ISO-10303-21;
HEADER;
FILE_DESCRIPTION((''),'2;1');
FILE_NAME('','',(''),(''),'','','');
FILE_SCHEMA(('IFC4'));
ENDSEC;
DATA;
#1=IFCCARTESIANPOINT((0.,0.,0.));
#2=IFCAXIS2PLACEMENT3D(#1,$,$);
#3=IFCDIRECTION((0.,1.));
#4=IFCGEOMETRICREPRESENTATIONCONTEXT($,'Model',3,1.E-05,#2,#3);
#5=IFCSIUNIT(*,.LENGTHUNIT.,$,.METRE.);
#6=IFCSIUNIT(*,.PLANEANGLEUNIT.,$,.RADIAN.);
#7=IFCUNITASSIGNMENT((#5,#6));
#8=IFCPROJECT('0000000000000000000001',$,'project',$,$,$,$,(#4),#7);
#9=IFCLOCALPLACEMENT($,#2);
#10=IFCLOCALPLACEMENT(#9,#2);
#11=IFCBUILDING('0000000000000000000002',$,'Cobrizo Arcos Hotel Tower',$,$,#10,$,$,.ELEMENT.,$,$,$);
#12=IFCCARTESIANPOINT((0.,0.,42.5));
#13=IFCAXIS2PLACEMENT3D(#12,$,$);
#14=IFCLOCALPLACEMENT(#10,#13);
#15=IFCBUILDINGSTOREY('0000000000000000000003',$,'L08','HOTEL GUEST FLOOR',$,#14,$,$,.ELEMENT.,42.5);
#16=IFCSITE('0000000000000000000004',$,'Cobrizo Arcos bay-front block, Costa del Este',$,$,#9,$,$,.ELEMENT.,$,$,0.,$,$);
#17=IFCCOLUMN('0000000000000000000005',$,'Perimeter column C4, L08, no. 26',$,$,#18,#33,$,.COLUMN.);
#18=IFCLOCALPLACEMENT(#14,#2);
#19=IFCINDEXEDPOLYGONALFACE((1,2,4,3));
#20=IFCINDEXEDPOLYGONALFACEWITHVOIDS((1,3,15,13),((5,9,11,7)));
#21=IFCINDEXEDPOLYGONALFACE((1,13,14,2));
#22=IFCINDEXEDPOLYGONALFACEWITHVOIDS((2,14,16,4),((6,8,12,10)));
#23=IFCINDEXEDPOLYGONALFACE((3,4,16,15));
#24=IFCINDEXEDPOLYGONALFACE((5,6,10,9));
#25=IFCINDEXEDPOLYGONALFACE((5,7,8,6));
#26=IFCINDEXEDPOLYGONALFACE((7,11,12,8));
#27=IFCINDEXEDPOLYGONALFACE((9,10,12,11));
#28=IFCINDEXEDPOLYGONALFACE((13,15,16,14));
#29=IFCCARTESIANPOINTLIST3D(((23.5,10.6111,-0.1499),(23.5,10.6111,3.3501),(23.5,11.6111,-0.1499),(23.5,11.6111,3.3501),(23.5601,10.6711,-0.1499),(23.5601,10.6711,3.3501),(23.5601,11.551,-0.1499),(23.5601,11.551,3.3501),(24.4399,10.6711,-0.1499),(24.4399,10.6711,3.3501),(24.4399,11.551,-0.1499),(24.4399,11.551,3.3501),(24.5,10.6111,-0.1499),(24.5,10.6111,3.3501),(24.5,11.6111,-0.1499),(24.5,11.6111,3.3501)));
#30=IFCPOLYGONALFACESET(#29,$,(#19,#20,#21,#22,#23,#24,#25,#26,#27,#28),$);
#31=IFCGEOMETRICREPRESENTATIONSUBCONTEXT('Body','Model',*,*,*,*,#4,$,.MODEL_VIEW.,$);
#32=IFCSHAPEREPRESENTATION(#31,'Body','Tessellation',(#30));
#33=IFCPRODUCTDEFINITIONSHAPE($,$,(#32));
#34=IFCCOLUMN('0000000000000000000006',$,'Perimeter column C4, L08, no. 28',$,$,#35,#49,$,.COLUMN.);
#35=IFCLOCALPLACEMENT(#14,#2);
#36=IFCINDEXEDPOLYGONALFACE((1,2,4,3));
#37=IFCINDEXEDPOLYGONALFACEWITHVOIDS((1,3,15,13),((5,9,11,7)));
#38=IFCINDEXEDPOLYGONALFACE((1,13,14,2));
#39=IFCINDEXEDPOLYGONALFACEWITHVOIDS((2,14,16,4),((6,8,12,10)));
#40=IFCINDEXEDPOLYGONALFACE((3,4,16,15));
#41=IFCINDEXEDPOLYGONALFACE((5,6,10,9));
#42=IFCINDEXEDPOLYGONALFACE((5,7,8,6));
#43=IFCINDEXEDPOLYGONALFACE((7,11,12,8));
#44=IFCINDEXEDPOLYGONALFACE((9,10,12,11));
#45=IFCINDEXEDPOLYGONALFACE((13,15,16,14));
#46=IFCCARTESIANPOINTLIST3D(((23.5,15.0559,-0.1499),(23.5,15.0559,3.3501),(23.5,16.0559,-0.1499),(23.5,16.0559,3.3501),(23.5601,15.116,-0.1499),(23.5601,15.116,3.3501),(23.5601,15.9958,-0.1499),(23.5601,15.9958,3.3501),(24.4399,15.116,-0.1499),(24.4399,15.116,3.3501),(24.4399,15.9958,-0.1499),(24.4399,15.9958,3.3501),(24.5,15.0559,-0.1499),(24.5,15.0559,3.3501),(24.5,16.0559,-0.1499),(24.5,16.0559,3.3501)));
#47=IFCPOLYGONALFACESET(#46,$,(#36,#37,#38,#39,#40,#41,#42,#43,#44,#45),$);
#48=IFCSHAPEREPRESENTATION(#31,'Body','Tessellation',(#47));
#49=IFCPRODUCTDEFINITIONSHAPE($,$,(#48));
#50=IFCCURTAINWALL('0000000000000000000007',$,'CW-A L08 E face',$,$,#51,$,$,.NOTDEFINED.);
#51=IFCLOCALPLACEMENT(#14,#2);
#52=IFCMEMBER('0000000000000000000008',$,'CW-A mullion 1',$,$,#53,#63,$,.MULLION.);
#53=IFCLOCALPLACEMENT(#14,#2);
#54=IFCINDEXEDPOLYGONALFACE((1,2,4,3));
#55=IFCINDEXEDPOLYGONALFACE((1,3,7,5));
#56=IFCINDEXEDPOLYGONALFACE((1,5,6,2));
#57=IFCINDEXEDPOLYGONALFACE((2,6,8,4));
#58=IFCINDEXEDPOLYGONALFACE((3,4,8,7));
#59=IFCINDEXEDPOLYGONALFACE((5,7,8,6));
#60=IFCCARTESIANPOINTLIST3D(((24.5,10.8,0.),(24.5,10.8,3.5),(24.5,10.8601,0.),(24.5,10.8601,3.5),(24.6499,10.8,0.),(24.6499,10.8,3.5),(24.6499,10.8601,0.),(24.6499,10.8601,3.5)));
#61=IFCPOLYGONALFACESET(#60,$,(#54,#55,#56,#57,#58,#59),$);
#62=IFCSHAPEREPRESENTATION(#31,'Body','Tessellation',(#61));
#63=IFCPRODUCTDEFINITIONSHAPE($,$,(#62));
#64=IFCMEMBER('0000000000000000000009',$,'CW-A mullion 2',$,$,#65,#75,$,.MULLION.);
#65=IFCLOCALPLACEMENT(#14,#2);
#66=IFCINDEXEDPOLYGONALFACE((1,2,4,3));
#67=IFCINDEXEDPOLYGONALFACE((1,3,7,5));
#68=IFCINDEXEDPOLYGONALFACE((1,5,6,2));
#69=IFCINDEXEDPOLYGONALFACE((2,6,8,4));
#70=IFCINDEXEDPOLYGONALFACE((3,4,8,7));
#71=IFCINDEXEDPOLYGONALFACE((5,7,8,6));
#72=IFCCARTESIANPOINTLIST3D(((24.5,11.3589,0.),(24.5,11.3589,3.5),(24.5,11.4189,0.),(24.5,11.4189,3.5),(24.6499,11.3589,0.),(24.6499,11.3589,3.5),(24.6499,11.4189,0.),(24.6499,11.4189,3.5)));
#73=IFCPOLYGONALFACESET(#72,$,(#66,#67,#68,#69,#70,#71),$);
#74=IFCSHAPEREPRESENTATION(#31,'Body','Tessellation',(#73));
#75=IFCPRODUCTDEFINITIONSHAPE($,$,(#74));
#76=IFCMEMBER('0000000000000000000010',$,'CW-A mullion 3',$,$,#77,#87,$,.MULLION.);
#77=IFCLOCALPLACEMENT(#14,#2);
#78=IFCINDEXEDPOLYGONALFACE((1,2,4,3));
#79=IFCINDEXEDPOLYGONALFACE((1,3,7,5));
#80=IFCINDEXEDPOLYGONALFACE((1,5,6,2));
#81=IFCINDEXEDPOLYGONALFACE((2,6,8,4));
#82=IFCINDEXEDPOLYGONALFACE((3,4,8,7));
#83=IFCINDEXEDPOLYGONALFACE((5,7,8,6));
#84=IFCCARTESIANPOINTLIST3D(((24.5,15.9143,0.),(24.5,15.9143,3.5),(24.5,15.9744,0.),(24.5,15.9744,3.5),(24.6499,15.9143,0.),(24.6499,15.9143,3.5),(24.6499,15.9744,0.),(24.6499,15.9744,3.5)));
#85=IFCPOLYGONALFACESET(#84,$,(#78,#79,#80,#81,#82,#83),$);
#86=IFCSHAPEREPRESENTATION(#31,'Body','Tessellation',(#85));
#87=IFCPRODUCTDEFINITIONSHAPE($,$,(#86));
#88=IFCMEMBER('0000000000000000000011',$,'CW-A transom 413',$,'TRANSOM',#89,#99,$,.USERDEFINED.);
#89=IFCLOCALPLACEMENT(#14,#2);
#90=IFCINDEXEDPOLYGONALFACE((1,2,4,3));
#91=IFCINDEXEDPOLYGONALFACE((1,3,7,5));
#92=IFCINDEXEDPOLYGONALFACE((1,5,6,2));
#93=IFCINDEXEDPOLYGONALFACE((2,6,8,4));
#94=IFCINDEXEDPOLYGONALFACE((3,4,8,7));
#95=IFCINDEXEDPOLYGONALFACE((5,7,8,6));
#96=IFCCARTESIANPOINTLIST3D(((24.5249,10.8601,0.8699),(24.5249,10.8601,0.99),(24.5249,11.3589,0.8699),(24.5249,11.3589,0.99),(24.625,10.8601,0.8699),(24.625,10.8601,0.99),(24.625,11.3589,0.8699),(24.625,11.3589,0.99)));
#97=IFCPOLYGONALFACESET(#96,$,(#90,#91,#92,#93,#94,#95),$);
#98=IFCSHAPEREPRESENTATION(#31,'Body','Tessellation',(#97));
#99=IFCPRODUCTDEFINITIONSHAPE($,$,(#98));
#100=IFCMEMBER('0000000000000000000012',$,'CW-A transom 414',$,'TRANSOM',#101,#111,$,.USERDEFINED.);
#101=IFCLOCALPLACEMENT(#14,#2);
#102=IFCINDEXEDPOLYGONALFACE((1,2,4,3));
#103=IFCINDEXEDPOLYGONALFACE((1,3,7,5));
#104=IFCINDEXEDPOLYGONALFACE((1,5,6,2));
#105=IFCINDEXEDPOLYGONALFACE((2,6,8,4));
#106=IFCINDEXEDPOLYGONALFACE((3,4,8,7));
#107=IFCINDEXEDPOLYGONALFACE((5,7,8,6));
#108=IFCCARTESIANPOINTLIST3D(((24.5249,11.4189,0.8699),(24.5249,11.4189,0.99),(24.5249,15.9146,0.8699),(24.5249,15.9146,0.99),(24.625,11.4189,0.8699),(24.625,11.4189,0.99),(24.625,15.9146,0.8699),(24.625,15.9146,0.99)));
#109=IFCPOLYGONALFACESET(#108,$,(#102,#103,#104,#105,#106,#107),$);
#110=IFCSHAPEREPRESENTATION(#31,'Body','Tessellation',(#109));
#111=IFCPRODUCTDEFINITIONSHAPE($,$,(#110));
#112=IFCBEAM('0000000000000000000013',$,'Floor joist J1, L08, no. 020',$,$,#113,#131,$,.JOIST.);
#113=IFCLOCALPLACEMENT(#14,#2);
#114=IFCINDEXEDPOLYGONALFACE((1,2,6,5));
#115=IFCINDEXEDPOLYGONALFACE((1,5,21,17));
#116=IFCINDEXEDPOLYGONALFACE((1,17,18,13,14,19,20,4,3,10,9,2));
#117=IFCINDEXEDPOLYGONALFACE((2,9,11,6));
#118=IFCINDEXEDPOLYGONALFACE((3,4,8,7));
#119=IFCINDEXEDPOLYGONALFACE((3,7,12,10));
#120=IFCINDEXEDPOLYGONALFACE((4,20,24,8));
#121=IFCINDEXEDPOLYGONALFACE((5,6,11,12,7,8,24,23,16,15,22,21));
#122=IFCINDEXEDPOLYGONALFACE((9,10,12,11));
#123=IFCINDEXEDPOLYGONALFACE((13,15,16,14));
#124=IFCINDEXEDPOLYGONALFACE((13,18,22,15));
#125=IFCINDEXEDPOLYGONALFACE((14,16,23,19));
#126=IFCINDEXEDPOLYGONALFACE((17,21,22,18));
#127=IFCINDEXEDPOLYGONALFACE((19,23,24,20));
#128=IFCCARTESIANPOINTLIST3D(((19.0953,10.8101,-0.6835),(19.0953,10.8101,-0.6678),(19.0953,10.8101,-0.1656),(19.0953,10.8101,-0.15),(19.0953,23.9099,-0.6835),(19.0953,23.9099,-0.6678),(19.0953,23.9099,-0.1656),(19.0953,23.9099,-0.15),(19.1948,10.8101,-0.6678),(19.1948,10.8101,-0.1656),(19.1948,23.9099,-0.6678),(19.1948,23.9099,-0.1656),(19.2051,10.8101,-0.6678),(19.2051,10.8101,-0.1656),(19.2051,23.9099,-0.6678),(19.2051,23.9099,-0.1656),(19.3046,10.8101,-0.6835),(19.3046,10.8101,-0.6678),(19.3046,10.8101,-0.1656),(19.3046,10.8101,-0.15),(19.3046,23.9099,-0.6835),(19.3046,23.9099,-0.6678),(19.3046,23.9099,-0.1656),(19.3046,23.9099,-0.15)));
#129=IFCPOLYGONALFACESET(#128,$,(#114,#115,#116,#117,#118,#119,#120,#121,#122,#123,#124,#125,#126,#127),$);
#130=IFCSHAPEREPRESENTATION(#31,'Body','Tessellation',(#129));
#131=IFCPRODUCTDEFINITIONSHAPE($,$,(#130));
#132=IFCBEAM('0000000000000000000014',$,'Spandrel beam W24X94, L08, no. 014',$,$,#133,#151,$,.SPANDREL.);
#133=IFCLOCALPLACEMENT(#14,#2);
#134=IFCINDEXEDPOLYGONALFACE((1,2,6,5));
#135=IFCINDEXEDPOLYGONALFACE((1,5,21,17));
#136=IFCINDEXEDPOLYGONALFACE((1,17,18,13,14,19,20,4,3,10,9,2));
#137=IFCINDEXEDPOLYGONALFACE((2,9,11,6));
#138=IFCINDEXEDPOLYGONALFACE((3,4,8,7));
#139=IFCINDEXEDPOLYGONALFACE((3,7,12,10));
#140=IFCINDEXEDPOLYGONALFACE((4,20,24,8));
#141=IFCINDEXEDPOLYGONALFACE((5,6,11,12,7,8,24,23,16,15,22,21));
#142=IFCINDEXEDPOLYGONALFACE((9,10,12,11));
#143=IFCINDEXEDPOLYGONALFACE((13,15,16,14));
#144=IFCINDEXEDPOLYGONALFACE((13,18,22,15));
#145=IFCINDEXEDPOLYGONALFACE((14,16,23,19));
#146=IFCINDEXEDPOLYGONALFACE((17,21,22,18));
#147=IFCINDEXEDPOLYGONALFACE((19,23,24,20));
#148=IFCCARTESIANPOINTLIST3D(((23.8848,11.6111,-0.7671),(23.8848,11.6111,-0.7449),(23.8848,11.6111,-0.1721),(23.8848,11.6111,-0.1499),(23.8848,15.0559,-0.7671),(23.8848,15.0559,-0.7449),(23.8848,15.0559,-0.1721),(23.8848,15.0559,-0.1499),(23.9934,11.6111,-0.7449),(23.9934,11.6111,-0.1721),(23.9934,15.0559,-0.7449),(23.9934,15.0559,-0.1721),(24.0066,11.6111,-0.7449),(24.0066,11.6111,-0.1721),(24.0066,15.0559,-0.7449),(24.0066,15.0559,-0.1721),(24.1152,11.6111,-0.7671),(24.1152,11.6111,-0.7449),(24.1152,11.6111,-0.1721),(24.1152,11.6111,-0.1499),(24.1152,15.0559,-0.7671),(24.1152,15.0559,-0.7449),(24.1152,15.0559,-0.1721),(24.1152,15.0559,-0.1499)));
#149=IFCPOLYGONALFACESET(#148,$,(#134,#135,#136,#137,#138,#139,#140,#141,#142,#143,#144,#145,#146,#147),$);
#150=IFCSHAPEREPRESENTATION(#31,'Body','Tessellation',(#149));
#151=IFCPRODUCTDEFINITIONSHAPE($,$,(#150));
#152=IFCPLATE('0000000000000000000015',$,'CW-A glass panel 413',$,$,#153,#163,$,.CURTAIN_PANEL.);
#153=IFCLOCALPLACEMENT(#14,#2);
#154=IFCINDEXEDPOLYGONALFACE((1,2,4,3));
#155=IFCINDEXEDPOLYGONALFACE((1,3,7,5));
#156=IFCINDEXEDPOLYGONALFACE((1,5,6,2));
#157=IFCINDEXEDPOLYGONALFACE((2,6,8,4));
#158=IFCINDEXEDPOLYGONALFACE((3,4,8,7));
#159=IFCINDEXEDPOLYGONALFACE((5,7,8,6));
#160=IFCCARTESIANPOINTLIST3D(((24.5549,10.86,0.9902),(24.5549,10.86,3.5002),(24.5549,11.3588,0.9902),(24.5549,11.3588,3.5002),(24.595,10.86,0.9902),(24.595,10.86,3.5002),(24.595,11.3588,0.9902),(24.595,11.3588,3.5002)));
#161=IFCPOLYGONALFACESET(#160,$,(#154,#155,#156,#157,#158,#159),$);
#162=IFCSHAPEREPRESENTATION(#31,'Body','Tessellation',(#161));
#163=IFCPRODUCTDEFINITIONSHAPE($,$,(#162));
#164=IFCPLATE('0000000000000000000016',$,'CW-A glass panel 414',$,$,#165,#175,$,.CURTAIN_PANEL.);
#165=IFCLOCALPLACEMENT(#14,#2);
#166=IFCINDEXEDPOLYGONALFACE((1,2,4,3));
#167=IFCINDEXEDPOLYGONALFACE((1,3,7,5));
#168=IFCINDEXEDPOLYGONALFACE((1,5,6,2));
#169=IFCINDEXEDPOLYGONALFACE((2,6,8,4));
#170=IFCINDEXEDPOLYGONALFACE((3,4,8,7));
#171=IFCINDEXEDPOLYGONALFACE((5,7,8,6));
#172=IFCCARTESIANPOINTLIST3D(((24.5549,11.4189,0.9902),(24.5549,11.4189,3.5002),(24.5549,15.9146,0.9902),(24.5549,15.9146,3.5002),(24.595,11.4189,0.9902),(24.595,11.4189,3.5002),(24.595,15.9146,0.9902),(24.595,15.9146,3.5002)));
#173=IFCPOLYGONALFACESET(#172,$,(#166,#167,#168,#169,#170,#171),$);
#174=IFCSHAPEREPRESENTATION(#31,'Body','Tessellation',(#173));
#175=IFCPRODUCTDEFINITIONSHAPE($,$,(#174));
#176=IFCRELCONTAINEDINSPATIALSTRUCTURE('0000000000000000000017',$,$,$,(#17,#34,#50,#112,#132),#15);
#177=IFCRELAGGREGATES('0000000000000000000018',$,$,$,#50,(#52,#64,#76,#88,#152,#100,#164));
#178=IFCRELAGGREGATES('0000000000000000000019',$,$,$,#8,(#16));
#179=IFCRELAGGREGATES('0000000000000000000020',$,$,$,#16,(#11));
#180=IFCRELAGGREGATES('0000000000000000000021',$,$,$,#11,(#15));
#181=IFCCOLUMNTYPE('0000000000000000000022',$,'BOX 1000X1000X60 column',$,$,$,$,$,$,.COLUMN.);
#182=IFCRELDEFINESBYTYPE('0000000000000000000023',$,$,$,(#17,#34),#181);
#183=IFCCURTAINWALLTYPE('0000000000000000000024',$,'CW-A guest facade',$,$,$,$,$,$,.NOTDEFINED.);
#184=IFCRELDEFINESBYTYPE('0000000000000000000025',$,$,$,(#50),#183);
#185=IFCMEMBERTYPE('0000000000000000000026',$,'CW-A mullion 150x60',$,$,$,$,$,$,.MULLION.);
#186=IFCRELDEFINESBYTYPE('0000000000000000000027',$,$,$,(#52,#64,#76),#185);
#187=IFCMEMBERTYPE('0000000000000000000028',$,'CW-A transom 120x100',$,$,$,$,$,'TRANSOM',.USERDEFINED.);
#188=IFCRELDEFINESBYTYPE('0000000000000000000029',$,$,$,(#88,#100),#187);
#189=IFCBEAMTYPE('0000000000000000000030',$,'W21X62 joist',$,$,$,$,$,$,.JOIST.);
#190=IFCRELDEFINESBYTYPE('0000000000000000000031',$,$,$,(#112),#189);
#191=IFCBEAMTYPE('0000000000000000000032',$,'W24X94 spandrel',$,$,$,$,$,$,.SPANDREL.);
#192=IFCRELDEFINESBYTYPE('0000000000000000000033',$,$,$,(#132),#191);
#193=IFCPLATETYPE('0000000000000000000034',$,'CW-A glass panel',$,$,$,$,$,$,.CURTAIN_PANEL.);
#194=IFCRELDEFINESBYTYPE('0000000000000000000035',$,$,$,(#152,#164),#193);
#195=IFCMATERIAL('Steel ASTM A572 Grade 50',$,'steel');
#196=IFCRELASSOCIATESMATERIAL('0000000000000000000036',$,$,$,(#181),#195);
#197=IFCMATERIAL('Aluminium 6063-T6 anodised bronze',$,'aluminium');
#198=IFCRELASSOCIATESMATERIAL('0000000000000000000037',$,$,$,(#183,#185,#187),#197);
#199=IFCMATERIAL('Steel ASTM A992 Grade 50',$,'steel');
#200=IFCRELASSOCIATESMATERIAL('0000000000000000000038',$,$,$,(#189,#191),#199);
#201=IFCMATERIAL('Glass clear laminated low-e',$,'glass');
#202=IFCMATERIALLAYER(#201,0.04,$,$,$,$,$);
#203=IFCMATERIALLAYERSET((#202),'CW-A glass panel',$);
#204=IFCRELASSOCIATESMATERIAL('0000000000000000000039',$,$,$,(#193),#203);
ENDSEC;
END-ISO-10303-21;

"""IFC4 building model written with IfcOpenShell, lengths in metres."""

from ifc_helpers import new_model, si_unit, direction, frame, origin, origin_2d, place, context, subcontext, project, spatial, rectangle, hollow_rectangle, i_section, extrude, material, layer, layer_set, material_profile, profile_set, type_object, element, aggregate, save


model = new_model("IFC4")

# Units and contexts
model_context = context("Model", 3, precision=1e-05, world=origin(), true_north=direction((0.0, 1.0)))
body_context = subcontext(model_context, "Body", "Model", "MODEL_VIEW")
ifc_project = project(units=[si_unit("LENGTHUNIT", "METRE"), si_unit("PLANEANGLEUNIT", "RADIAN")], contexts=[model_context])

# Site, building, storey
site_placement = place(None, origin())
site = spatial("IfcSite", under=ifc_project, at=site_placement, Name="Cobrizo Arcos bay-front block, Costa del Este", CompositionType="ELEMENT", RefElevation=0.0)
building_placement = place(site_placement, origin())
building = spatial("IfcBuilding", under=site, at=building_placement, Name="Cobrizo Arcos Hotel Tower", CompositionType="ELEMENT")
storey_placement = place(building_placement, frame((0.0, 0.0, 42.5)))
storey = spatial("IfcBuildingStorey", under=building, at=storey_placement, Name="L08", Description="HOTEL GUEST FLOOR", CompositionType="ELEMENT", Elevation=42.5)

# Columns
ifc_material_1 = material(Name="Steel ASTM A572 Grade 50", Category="steel")
ifc_material_profile_1 = material_profile(ifc_material_1, hollow_rectangle(XDim=1.0, YDim=1.0, WallThickness=0.0601, at=origin_2d()), Name="BOX 1000X1000X60")
ifc_profile_set_1 = profile_set([ifc_material_profile_1], Name="Steel ASTM A572 Grade 50")
column_type = type_object("IfcColumnType", Name="BOX 1000X1000X60 column", PredefinedType="COLUMN", material=ifc_profile_set_1)
for number, where, z_axis, x_axis, name in (
    (1, (24.0, 11.1111, -0.1499), (0.0, 0.0, 1.0), (1.0, 0.0, 0.0), "Perimeter column C4, L08, no. 26"),
    (2, (24.0, 15.5559, -0.1499), (0.0, 0.0, 1.0), (1.0, 0.0, 0.0), "Perimeter column C4, L08, no. 28"),
):
    element("IfcColumn", number, at=place(storey_placement, frame(where, z_axis=z_axis, x_axis=x_axis)), inside=storey, type_object=column_type, Name=name, PredefinedType="COLUMN", context=body_context, shape_type="SweptSolid", body=[
        extrude(hollow_rectangle(XDim=1.0, YDim=1.0, WallThickness=0.0601, at=origin_2d()), origin(), (0.0, 0.0, 1.0), 3.5),
    ])

# Curtain wall, members
ifc_material_2 = material(Name="Aluminium 6063-T6 anodised bronze", Category="aluminium")
curtain_wall_type = type_object("IfcCurtainWallType", Name="CW-A guest facade", PredefinedType="NOTDEFINED", material=ifc_material_2)
curtain_wall_placement = place(storey_placement, origin())
curtain_wall = element("IfcCurtainWall", 3, at=curtain_wall_placement, inside=storey, type_object=curtain_wall_type, Name="CW-A L08 E face", PredefinedType="NOTDEFINED")
ifc_material_profile_2 = material_profile(ifc_material_2, rectangle(XDim=0.1499, YDim=0.0601, at=origin_2d()), Name="CW-A mullion 150x60")
ifc_profile_set_2 = profile_set([ifc_material_profile_2], Name="Aluminium 6063-T6 anodised bronze")
member_type_1 = type_object("IfcMemberType", Name="CW-A mullion 150x60", PredefinedType="MULLION", material=ifc_profile_set_2)
member_1_placement = place(storey_placement, frame((24.575, 10.8301, 0.0), z_axis=(0.0, 0.0, 1.0), x_axis=(1.0, 0.0, 0.0)))
member_1 = element("IfcMember", 4, at=member_1_placement, type_object=member_type_1, Name="CW-A mullion 1", PredefinedType="MULLION", context=body_context, shape_type="SweptSolid", body=[
    extrude(rectangle(XDim=0.1499, YDim=0.0601, at=origin_2d()), origin(), (0.0, 0.0, 1.0), 3.5),
])
member_2_placement = place(storey_placement, frame((24.575, 11.3889, 0.0), z_axis=(0.0, 0.0, 1.0), x_axis=(1.0, 0.0, 0.0)))
member_2 = element("IfcMember", 5, at=member_2_placement, type_object=member_type_1, Name="CW-A mullion 2", PredefinedType="MULLION", context=body_context, shape_type="SweptSolid", body=[
    extrude(rectangle(XDim=0.1499, YDim=0.0601, at=origin_2d()), origin(), (0.0, 0.0, 1.0), 3.5),
])
member_3_placement = place(storey_placement, frame((24.575, 15.9443, 0.0), z_axis=(0.0, 0.0, 1.0), x_axis=(1.0, 0.0, 0.0)))
member_3 = element("IfcMember", 6, at=member_3_placement, type_object=member_type_1, Name="CW-A mullion 3", PredefinedType="MULLION", context=body_context, shape_type="SweptSolid", body=[
    extrude(rectangle(XDim=0.1499, YDim=0.0601, at=origin_2d()), origin(), (0.0, 0.0, 1.0), 3.5),
])
ifc_material_profile_3 = material_profile(ifc_material_2, rectangle(XDim=0.1001, YDim=0.1201, at=origin_2d()), Name="CW-A transom 120x100")
ifc_profile_set_3 = profile_set([ifc_material_profile_3], Name="Aluminium 6063-T6 anodised bronze")
member_type_2 = type_object("IfcMemberType", Name="CW-A transom 120x100", ElementType="TRANSOM", PredefinedType="USERDEFINED", material=ifc_profile_set_3)
member_4_placement = place(storey_placement, frame((24.575, 10.8601, 0.9299), z_axis=(0.0, 1.0, 0.0), x_axis=(-1.0, 0.0, 0.0)))
member_4 = element("IfcMember", 7, at=member_4_placement, type_object=member_type_2, Name="CW-A transom 413", ObjectType="TRANSOM", PredefinedType="USERDEFINED", context=body_context, shape_type="SweptSolid", body=[
    extrude(rectangle(XDim=0.1001, YDim=0.1201, at=origin_2d()), origin(), (0.0, 0.0, 1.0), 0.4988),
])
member_5_placement = place(storey_placement, frame((24.575, 11.4189, 0.9299), z_axis=(0.0, 1.0, 0.0), x_axis=(-1.0, 0.0, 0.0)))
member_5 = element("IfcMember", 8, at=member_5_placement, type_object=member_type_2, Name="CW-A transom 414", ObjectType="TRANSOM", PredefinedType="USERDEFINED", context=body_context, shape_type="SweptSolid", body=[
    extrude(rectangle(XDim=0.1001, YDim=0.1201, at=origin_2d()), origin(), (0.0, 0.0, 1.0), 4.4956),
])

# Beams
ifc_material_3 = material(Name="Steel ASTM A992 Grade 50", Category="steel")
ifc_material_profile_4 = material_profile(ifc_material_3, i_section(OverallWidth=0.2092, OverallDepth=0.5334, WebThickness=0.0103, FlangeThickness=0.0156, at=origin_2d()), Name="W21X62")
ifc_profile_set_4 = profile_set([ifc_material_profile_4], Name="Steel ASTM A992 Grade 50")
beam_type_1 = type_object("IfcBeamType", Name="W21X62 joist", PredefinedType="JOIST", material=ifc_profile_set_4)
beam_1_placement = place(storey_placement, frame((19.2, 10.8101, -0.4167), z_axis=(0.0, 1.0, 0.0), x_axis=(-1.0, 0.0, 0.0)))
element("IfcBeam", 9, at=beam_1_placement, inside=storey, type_object=beam_type_1, Name="Floor joist J1, L08, no. 020", PredefinedType="JOIST", context=body_context, shape_type="SweptSolid", body=[
    extrude(i_section(OverallWidth=0.2092, OverallDepth=0.5334, WebThickness=0.0103, FlangeThickness=0.0156, at=origin_2d()), origin(), (0.0, 0.0, 1.0), 13.0999),
])
ifc_material_profile_5 = material_profile(ifc_material_3, i_section(OverallWidth=0.2305, OverallDepth=0.6172, WebThickness=0.0132, FlangeThickness=0.0222, at=origin_2d()), Name="W24X94")
ifc_profile_set_5 = profile_set([ifc_material_profile_5], Name="Steel ASTM A992 Grade 50")
beam_type_2 = type_object("IfcBeamType", Name="W24X94 spandrel", PredefinedType="SPANDREL", material=ifc_profile_set_5)
beam_2_placement = place(storey_placement, frame((24.0, 11.6111, -0.4585), z_axis=(0.0, 1.0, 0.0), x_axis=(-1.0, 0.0, 0.0)))
element("IfcBeam", 10, at=beam_2_placement, inside=storey, type_object=beam_type_2, Name="Spandrel beam W24X94, L08, no. 014", PredefinedType="SPANDREL", context=body_context, shape_type="SweptSolid", body=[
    extrude(i_section(OverallWidth=0.2305, OverallDepth=0.6172, WebThickness=0.0132, FlangeThickness=0.0222, at=origin_2d()), origin(), (0.0, 0.0, 1.0), 3.4448),
])

# Plates
ifc_material_4 = material(Name="Glass clear laminated low-e", Category="glass")
ifc_layer_1 = layer(ifc_material_4, 0.04)
ifc_layer_set_1 = layer_set([ifc_layer_1], Name="CW-A glass panel")
plate_type_1 = type_object("IfcPlateType", Name="CW-A glass panel", PredefinedType="CURTAIN_PANEL", material=ifc_layer_set_1)
plate_1_placement = place(storey_placement, frame((24.575, 11.1094, 0.9902), z_axis=(0.0, 0.0, 1.0), x_axis=(0.0, 1.0, 0.0)))
plate_1 = element("IfcPlate", 11, at=plate_1_placement, type_object=plate_type_1, Name="CW-A glass panel 413", PredefinedType="CURTAIN_PANEL", context=body_context, shape_type="SweptSolid", body=[
    extrude(rectangle(XDim=0.4988, YDim=0.04, at=origin_2d()), origin(), (0.0, 0.0, 1.0), 2.51),
])
plate_2_placement = place(storey_placement, frame((24.575, 13.6667, 0.9902), z_axis=(0.0, 0.0, 1.0), x_axis=(0.0, 1.0, 0.0)))
plate_2 = element("IfcPlate", 12, at=plate_2_placement, type_object=plate_type_1, Name="CW-A glass panel 414", PredefinedType="CURTAIN_PANEL", context=body_context, shape_type="SweptSolid", body=[
    extrude(rectangle(XDim=4.4956, YDim=0.04, at=origin_2d()), origin(), (0.0, 0.0, 1.0), 2.51),
])
aggregate(curtain_wall, [member_1, member_2, member_3, member_4, plate_1, member_5, plate_2])

save(model, "model.ifc")
